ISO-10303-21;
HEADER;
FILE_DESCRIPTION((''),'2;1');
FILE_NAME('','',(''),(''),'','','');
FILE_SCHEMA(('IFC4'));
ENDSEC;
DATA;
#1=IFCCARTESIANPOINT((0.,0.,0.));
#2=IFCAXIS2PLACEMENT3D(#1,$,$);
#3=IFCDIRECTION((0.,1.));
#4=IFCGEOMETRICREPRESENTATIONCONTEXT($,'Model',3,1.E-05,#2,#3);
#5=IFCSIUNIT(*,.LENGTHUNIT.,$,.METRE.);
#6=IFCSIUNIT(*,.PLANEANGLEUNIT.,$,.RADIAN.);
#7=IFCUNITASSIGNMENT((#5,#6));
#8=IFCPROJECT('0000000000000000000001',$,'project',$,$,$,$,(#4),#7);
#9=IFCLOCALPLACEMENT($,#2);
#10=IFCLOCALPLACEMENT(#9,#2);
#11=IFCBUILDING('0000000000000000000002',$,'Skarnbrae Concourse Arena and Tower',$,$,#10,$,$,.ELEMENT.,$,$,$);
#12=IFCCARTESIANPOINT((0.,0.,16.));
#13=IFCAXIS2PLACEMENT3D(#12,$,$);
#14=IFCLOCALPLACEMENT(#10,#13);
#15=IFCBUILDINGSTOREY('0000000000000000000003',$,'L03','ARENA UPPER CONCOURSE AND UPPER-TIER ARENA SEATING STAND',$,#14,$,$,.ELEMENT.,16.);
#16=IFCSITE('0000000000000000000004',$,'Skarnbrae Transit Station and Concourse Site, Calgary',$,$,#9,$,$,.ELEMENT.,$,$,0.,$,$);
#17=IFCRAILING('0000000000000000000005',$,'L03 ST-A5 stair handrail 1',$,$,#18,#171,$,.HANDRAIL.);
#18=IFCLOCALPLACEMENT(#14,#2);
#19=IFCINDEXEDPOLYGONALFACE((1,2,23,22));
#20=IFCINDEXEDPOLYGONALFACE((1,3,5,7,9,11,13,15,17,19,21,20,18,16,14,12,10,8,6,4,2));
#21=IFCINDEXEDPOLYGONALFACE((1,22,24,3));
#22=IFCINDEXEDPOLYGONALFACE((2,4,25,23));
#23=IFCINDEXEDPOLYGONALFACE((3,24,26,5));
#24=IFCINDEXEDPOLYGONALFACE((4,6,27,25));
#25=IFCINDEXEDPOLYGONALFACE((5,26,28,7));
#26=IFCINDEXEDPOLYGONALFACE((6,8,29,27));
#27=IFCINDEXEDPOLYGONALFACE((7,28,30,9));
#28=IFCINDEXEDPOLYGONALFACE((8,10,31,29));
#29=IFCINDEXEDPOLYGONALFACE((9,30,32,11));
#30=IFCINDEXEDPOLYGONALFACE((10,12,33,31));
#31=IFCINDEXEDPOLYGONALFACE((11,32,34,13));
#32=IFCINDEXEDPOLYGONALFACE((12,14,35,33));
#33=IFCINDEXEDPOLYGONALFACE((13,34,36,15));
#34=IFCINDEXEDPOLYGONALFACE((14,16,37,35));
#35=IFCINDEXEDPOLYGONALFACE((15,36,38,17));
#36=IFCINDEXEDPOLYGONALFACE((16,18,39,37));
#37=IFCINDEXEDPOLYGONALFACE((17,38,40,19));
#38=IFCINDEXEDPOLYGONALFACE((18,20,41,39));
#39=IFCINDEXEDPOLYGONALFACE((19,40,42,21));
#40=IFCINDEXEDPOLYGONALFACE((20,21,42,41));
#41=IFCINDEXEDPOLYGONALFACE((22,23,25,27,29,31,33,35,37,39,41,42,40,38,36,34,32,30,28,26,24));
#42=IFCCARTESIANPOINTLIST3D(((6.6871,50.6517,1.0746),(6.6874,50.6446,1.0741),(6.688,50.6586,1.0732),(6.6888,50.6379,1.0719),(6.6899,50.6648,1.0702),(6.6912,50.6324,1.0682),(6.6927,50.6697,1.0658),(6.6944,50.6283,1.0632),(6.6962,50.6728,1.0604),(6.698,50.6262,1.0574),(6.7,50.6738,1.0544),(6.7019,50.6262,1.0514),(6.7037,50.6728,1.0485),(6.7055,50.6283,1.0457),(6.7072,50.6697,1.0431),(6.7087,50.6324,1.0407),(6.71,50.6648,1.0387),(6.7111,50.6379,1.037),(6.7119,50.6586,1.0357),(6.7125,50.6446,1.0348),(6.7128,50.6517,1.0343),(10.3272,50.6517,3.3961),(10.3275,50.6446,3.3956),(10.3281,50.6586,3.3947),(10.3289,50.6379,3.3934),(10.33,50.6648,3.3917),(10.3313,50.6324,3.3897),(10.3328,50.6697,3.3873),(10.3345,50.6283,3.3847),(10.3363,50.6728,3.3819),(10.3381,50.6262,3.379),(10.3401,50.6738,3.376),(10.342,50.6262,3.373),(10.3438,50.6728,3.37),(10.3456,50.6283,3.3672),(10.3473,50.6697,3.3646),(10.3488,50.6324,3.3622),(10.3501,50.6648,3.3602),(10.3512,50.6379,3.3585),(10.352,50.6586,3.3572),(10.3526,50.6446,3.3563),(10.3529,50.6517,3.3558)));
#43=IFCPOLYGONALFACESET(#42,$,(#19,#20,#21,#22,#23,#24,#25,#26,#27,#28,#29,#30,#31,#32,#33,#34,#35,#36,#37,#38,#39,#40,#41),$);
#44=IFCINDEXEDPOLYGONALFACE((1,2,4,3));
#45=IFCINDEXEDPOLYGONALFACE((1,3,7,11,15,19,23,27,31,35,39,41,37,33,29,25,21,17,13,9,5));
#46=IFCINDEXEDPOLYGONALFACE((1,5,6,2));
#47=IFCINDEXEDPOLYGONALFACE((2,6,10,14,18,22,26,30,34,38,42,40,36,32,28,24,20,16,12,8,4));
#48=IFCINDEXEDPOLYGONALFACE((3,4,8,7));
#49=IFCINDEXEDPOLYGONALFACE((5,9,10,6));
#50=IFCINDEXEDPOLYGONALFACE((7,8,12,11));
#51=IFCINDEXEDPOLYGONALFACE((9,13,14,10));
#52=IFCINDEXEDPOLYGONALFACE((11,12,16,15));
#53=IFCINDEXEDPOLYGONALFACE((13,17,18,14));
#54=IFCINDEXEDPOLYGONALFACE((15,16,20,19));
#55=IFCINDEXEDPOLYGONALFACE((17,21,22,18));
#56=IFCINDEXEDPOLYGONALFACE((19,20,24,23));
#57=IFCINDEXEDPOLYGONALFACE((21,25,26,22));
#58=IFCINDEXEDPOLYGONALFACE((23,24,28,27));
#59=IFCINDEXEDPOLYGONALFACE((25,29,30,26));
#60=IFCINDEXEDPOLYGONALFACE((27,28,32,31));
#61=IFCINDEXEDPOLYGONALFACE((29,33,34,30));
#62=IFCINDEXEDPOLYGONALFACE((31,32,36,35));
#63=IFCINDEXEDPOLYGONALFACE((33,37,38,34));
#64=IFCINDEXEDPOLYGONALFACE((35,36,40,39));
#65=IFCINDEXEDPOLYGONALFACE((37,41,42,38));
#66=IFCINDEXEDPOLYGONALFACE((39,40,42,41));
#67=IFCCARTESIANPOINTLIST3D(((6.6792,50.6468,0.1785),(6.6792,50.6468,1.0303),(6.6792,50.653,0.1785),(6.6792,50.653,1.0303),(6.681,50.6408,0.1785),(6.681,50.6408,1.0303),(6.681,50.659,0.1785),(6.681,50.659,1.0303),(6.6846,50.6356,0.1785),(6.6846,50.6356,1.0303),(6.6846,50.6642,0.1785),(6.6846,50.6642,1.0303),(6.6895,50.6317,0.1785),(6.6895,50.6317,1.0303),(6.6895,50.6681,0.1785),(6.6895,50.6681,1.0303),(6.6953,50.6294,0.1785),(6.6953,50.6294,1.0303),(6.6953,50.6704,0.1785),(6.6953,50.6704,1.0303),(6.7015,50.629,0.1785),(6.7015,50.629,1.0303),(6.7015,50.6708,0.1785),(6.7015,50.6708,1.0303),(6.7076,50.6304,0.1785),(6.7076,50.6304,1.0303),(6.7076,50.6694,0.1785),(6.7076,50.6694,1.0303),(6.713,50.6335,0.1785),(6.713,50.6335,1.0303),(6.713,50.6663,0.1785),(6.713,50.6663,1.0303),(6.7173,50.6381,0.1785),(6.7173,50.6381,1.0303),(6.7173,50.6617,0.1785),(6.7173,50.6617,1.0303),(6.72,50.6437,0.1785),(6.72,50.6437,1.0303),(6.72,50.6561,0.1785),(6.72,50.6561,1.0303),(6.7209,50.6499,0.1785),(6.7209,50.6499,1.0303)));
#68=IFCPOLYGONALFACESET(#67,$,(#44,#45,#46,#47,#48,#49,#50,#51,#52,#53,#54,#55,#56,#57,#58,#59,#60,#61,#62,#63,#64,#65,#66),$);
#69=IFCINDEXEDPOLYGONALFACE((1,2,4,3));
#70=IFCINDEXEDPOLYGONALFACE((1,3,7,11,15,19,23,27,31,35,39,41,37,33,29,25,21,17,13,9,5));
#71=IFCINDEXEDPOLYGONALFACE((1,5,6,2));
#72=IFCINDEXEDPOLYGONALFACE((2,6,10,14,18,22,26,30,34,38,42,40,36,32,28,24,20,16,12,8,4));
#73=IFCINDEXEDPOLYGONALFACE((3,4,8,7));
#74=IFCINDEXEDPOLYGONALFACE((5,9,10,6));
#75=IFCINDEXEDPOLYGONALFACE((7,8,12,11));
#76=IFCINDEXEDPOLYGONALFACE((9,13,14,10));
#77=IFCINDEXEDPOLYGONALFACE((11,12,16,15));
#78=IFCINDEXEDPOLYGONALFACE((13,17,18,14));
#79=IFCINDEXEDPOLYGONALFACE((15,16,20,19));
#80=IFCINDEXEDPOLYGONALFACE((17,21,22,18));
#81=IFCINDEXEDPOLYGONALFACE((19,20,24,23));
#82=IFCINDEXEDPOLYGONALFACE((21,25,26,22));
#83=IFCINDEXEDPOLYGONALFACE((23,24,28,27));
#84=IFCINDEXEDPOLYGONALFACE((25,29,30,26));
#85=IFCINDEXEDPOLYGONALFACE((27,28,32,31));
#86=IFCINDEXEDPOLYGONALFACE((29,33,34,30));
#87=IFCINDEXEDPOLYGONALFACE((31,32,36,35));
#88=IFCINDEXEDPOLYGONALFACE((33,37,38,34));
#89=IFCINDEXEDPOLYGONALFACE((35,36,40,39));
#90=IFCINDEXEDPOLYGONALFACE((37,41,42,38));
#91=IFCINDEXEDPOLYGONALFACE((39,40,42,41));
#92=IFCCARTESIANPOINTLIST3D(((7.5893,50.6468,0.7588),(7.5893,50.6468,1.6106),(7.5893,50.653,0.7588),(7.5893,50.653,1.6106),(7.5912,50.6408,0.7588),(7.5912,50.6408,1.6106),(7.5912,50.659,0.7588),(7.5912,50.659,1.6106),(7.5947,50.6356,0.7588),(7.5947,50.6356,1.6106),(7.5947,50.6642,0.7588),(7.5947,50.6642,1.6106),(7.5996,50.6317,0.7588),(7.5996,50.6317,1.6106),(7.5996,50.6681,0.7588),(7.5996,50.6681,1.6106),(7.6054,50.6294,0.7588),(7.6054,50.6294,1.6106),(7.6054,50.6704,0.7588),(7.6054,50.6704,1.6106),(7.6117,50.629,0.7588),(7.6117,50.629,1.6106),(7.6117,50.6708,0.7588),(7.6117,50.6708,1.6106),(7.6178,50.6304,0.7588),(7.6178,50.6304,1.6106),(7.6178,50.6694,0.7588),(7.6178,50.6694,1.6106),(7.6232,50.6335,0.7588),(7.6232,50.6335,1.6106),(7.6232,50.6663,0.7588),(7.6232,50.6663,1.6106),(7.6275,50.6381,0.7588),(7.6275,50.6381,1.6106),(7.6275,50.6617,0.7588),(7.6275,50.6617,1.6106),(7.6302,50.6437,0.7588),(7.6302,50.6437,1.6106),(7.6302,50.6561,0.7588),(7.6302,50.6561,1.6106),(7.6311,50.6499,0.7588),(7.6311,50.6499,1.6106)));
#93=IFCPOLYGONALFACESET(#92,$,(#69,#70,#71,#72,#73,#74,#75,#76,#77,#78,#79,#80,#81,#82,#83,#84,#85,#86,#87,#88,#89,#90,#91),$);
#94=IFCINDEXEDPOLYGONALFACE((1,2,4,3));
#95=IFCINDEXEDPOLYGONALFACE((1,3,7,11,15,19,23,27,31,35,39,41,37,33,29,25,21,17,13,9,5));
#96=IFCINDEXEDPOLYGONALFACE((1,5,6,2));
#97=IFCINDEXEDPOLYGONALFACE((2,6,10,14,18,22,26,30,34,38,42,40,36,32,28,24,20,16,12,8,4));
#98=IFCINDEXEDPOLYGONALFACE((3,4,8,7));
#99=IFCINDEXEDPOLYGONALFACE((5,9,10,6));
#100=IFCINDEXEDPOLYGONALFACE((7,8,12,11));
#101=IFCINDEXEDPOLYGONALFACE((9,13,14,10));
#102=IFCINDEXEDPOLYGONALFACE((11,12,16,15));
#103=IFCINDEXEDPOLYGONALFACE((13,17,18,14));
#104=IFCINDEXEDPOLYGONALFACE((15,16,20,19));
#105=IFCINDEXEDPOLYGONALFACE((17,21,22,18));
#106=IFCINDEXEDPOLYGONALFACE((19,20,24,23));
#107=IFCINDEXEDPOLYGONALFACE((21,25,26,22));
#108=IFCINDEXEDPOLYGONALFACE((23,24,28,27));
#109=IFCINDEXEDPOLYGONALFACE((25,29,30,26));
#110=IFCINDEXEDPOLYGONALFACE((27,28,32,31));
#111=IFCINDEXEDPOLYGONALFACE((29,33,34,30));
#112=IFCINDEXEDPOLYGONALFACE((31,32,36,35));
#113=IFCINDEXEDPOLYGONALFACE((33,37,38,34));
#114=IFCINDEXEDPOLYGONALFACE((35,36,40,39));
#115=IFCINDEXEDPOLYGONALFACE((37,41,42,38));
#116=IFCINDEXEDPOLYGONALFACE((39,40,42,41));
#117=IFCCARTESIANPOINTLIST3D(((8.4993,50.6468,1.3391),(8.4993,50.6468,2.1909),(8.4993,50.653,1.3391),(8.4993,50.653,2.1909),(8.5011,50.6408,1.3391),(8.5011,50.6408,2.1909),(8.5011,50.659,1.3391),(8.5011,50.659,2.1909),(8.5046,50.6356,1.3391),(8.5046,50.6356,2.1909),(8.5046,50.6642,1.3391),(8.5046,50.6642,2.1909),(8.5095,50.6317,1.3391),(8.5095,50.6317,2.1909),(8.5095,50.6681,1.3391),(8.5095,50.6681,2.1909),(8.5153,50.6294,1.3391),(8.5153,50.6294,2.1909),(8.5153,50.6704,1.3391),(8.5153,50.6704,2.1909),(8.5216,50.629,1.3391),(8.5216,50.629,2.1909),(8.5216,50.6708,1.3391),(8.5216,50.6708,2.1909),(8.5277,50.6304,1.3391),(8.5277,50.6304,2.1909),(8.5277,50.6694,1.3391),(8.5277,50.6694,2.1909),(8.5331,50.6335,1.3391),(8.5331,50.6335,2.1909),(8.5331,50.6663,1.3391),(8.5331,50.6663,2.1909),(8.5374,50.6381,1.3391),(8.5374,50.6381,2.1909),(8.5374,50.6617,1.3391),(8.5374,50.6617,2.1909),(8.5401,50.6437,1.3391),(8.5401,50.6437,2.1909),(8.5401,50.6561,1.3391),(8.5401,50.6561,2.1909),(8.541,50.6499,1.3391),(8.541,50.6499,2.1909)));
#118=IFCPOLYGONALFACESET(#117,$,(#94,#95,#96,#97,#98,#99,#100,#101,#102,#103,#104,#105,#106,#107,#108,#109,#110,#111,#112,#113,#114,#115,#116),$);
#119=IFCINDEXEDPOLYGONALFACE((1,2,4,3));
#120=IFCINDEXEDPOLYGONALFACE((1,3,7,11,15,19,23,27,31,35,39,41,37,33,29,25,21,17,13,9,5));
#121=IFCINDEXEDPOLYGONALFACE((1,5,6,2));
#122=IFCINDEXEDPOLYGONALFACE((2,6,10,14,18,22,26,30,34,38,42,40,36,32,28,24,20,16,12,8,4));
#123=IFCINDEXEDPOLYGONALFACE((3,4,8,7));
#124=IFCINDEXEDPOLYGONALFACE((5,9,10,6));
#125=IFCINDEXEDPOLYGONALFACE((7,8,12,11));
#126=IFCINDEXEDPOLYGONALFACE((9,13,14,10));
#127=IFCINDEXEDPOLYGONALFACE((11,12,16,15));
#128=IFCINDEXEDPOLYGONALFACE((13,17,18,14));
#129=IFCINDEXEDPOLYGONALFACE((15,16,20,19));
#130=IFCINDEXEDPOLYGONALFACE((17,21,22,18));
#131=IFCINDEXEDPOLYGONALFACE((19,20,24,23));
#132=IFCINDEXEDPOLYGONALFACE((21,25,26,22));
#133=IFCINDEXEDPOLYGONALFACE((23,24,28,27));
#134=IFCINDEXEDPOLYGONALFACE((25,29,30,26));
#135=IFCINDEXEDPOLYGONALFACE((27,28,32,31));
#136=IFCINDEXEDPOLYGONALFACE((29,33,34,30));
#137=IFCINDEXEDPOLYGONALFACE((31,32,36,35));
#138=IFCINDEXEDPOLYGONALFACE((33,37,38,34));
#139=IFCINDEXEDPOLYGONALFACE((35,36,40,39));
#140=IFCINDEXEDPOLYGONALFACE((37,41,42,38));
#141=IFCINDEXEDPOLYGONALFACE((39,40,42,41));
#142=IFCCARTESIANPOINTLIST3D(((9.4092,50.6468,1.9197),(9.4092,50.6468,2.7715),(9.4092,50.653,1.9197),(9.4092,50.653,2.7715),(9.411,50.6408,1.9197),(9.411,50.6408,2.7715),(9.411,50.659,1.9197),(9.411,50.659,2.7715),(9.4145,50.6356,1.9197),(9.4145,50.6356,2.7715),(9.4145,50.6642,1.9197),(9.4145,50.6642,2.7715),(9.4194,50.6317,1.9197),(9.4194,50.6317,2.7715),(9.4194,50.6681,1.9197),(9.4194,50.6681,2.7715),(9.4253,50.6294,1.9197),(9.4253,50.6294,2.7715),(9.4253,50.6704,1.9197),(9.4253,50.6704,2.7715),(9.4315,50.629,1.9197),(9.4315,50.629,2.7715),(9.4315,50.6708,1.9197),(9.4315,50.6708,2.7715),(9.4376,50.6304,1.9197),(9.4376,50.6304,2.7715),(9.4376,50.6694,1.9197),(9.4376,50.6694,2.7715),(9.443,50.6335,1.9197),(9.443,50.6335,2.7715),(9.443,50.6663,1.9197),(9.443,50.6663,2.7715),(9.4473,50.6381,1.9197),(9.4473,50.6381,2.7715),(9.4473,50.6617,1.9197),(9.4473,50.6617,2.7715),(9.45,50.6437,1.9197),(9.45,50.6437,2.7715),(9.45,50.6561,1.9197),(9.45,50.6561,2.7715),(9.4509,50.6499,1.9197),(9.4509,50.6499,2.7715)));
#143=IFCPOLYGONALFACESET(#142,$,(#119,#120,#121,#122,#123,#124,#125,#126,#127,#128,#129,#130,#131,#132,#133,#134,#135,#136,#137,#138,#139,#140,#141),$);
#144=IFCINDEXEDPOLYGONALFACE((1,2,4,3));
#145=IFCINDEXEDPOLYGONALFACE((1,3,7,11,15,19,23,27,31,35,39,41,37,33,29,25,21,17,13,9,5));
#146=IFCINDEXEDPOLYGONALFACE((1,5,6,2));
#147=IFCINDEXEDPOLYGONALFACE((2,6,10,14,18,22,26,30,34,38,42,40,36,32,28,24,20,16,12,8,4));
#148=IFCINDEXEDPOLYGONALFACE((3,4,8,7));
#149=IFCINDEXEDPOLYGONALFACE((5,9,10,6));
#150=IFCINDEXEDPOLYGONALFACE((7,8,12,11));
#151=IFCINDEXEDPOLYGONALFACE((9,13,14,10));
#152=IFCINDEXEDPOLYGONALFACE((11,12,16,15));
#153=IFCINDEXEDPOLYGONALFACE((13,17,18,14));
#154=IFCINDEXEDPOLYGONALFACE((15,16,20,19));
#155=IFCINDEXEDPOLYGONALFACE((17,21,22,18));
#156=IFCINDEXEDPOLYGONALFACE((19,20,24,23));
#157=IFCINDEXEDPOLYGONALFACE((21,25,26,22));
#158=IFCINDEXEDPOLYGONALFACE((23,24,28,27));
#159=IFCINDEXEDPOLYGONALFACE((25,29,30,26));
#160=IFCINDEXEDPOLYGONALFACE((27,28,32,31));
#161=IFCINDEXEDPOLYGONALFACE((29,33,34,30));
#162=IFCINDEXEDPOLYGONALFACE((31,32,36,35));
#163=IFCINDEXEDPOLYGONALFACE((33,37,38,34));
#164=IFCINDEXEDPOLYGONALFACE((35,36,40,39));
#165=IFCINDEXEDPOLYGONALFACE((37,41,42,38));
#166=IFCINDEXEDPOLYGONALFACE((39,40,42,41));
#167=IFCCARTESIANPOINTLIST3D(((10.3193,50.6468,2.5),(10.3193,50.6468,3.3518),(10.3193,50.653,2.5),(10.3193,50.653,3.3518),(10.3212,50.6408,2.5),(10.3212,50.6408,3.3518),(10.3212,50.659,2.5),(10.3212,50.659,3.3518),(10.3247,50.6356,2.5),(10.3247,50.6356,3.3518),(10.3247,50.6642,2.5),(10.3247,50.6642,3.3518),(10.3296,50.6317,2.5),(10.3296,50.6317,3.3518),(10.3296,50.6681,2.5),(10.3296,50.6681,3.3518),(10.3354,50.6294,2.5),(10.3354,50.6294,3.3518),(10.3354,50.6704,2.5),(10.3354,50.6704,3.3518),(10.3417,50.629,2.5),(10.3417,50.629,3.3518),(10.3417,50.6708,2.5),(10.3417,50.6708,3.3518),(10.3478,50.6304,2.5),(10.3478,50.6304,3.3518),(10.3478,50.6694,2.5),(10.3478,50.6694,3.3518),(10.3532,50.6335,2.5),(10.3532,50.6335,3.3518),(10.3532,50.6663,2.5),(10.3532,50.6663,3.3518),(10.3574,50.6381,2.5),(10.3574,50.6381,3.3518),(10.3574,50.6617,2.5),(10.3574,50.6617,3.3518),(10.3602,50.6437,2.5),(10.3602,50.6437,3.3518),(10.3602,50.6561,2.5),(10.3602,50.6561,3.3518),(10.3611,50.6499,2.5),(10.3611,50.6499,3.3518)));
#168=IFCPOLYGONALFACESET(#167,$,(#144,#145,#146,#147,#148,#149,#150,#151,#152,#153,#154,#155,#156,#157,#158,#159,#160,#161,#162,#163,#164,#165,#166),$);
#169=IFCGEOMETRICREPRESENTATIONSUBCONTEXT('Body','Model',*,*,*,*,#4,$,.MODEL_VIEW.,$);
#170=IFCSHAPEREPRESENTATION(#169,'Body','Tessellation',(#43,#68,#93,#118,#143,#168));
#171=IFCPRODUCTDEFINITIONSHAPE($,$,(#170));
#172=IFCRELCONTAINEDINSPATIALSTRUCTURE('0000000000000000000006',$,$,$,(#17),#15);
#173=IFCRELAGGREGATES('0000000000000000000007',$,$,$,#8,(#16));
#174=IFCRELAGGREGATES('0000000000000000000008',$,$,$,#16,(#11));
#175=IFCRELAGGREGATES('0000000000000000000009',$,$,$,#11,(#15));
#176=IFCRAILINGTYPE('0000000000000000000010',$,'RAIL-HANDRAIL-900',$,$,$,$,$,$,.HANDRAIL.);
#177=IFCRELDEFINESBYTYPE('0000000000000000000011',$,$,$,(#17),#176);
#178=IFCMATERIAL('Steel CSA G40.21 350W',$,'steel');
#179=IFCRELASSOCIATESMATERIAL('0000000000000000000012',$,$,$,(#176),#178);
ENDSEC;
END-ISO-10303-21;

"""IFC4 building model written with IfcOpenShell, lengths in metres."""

from ifc_helpers import new_model, si_unit, direction, frame, origin, origin_2d, place, context, subcontext, project, spatial, circle, extrude, material, type_object, element, save


model = new_model("IFC4")

# Units and contexts
model_context = context("Model", 3, precision=1e-05, world=origin(), true_north=direction((0.0, 1.0)))
body_context = subcontext(model_context, "Body", "Model", "MODEL_VIEW")
ifc_project = project(units=[si_unit("LENGTHUNIT", "METRE"), si_unit("PLANEANGLEUNIT", "RADIAN")], contexts=[model_context])

# Site, building, storey
site_placement = place(None, origin())
site = spatial("IfcSite", under=ifc_project, at=site_placement, Name="Skarnbrae Transit Station and Concourse Site, Calgary", CompositionType="ELEMENT", RefElevation=0.0)
building_placement = place(site_placement, origin())
building = spatial("IfcBuilding", under=site, at=building_placement, Name="Skarnbrae Concourse Arena and Tower", CompositionType="ELEMENT")
storey_placement = place(building_placement, frame((0.0, 0.0, 16.0)))
storey = spatial("IfcBuildingStorey", under=building, at=storey_placement, Name="L03", Description="ARENA UPPER CONCOURSE AND UPPER-TIER ARENA SEATING STAND", CompositionType="ELEMENT", Elevation=16.0)

# Shared definitions
ifc_material_1 = material(Name="Steel CSA G40.21 350W", Category="steel")

# Railing
railing_type_1 = type_object("IfcRailingType", Name="RAIL-HANDRAIL-900", PredefinedType="HANDRAIL", material=ifc_material_1)
railing_1_placement = place(storey_placement, frame((6.7, 50.6499, 0.1785)))
element("IfcRailing", 1, at=railing_1_placement, inside=storey, type_object=railing_type_1, Name="L03 ST-A5 stair handrail 1", PredefinedType="HANDRAIL", context=body_context, shape_type="SweptSolid", body=[
    extrude(circle(Radius=0.0239, at=origin_2d()), frame((0.0, 0.0, 0.876), z_axis=(0.843128, 0.0, 0.537713), x_axis=(0.0, 1.0, 0.0)), (0.0, 0.0, 1.0), 4.3174),
    extrude(circle(Radius=0.021, at=origin_2d()), origin(), (0.0, 0.0, 1.0), 0.8518),
    extrude(circle(Radius=0.021, at=origin_2d()), frame((0.9102, 0.0, 0.5803)), (0.0, 0.0, 1.0), 0.8518),
    extrude(circle(Radius=0.021, at=origin_2d()), frame((1.8201, 0.0, 1.1606)), (0.0, 0.0, 1.0), 0.8518),
    extrude(circle(Radius=0.021, at=origin_2d()), frame((2.73, 0.0, 1.7412)), (0.0, 0.0, 1.0), 0.8518),
    extrude(circle(Radius=0.021, at=origin_2d()), frame((3.6401, 0.0, 2.3215)), (0.0, 0.0, 1.0), 0.8518),
])

save(model, "model.ifc")
